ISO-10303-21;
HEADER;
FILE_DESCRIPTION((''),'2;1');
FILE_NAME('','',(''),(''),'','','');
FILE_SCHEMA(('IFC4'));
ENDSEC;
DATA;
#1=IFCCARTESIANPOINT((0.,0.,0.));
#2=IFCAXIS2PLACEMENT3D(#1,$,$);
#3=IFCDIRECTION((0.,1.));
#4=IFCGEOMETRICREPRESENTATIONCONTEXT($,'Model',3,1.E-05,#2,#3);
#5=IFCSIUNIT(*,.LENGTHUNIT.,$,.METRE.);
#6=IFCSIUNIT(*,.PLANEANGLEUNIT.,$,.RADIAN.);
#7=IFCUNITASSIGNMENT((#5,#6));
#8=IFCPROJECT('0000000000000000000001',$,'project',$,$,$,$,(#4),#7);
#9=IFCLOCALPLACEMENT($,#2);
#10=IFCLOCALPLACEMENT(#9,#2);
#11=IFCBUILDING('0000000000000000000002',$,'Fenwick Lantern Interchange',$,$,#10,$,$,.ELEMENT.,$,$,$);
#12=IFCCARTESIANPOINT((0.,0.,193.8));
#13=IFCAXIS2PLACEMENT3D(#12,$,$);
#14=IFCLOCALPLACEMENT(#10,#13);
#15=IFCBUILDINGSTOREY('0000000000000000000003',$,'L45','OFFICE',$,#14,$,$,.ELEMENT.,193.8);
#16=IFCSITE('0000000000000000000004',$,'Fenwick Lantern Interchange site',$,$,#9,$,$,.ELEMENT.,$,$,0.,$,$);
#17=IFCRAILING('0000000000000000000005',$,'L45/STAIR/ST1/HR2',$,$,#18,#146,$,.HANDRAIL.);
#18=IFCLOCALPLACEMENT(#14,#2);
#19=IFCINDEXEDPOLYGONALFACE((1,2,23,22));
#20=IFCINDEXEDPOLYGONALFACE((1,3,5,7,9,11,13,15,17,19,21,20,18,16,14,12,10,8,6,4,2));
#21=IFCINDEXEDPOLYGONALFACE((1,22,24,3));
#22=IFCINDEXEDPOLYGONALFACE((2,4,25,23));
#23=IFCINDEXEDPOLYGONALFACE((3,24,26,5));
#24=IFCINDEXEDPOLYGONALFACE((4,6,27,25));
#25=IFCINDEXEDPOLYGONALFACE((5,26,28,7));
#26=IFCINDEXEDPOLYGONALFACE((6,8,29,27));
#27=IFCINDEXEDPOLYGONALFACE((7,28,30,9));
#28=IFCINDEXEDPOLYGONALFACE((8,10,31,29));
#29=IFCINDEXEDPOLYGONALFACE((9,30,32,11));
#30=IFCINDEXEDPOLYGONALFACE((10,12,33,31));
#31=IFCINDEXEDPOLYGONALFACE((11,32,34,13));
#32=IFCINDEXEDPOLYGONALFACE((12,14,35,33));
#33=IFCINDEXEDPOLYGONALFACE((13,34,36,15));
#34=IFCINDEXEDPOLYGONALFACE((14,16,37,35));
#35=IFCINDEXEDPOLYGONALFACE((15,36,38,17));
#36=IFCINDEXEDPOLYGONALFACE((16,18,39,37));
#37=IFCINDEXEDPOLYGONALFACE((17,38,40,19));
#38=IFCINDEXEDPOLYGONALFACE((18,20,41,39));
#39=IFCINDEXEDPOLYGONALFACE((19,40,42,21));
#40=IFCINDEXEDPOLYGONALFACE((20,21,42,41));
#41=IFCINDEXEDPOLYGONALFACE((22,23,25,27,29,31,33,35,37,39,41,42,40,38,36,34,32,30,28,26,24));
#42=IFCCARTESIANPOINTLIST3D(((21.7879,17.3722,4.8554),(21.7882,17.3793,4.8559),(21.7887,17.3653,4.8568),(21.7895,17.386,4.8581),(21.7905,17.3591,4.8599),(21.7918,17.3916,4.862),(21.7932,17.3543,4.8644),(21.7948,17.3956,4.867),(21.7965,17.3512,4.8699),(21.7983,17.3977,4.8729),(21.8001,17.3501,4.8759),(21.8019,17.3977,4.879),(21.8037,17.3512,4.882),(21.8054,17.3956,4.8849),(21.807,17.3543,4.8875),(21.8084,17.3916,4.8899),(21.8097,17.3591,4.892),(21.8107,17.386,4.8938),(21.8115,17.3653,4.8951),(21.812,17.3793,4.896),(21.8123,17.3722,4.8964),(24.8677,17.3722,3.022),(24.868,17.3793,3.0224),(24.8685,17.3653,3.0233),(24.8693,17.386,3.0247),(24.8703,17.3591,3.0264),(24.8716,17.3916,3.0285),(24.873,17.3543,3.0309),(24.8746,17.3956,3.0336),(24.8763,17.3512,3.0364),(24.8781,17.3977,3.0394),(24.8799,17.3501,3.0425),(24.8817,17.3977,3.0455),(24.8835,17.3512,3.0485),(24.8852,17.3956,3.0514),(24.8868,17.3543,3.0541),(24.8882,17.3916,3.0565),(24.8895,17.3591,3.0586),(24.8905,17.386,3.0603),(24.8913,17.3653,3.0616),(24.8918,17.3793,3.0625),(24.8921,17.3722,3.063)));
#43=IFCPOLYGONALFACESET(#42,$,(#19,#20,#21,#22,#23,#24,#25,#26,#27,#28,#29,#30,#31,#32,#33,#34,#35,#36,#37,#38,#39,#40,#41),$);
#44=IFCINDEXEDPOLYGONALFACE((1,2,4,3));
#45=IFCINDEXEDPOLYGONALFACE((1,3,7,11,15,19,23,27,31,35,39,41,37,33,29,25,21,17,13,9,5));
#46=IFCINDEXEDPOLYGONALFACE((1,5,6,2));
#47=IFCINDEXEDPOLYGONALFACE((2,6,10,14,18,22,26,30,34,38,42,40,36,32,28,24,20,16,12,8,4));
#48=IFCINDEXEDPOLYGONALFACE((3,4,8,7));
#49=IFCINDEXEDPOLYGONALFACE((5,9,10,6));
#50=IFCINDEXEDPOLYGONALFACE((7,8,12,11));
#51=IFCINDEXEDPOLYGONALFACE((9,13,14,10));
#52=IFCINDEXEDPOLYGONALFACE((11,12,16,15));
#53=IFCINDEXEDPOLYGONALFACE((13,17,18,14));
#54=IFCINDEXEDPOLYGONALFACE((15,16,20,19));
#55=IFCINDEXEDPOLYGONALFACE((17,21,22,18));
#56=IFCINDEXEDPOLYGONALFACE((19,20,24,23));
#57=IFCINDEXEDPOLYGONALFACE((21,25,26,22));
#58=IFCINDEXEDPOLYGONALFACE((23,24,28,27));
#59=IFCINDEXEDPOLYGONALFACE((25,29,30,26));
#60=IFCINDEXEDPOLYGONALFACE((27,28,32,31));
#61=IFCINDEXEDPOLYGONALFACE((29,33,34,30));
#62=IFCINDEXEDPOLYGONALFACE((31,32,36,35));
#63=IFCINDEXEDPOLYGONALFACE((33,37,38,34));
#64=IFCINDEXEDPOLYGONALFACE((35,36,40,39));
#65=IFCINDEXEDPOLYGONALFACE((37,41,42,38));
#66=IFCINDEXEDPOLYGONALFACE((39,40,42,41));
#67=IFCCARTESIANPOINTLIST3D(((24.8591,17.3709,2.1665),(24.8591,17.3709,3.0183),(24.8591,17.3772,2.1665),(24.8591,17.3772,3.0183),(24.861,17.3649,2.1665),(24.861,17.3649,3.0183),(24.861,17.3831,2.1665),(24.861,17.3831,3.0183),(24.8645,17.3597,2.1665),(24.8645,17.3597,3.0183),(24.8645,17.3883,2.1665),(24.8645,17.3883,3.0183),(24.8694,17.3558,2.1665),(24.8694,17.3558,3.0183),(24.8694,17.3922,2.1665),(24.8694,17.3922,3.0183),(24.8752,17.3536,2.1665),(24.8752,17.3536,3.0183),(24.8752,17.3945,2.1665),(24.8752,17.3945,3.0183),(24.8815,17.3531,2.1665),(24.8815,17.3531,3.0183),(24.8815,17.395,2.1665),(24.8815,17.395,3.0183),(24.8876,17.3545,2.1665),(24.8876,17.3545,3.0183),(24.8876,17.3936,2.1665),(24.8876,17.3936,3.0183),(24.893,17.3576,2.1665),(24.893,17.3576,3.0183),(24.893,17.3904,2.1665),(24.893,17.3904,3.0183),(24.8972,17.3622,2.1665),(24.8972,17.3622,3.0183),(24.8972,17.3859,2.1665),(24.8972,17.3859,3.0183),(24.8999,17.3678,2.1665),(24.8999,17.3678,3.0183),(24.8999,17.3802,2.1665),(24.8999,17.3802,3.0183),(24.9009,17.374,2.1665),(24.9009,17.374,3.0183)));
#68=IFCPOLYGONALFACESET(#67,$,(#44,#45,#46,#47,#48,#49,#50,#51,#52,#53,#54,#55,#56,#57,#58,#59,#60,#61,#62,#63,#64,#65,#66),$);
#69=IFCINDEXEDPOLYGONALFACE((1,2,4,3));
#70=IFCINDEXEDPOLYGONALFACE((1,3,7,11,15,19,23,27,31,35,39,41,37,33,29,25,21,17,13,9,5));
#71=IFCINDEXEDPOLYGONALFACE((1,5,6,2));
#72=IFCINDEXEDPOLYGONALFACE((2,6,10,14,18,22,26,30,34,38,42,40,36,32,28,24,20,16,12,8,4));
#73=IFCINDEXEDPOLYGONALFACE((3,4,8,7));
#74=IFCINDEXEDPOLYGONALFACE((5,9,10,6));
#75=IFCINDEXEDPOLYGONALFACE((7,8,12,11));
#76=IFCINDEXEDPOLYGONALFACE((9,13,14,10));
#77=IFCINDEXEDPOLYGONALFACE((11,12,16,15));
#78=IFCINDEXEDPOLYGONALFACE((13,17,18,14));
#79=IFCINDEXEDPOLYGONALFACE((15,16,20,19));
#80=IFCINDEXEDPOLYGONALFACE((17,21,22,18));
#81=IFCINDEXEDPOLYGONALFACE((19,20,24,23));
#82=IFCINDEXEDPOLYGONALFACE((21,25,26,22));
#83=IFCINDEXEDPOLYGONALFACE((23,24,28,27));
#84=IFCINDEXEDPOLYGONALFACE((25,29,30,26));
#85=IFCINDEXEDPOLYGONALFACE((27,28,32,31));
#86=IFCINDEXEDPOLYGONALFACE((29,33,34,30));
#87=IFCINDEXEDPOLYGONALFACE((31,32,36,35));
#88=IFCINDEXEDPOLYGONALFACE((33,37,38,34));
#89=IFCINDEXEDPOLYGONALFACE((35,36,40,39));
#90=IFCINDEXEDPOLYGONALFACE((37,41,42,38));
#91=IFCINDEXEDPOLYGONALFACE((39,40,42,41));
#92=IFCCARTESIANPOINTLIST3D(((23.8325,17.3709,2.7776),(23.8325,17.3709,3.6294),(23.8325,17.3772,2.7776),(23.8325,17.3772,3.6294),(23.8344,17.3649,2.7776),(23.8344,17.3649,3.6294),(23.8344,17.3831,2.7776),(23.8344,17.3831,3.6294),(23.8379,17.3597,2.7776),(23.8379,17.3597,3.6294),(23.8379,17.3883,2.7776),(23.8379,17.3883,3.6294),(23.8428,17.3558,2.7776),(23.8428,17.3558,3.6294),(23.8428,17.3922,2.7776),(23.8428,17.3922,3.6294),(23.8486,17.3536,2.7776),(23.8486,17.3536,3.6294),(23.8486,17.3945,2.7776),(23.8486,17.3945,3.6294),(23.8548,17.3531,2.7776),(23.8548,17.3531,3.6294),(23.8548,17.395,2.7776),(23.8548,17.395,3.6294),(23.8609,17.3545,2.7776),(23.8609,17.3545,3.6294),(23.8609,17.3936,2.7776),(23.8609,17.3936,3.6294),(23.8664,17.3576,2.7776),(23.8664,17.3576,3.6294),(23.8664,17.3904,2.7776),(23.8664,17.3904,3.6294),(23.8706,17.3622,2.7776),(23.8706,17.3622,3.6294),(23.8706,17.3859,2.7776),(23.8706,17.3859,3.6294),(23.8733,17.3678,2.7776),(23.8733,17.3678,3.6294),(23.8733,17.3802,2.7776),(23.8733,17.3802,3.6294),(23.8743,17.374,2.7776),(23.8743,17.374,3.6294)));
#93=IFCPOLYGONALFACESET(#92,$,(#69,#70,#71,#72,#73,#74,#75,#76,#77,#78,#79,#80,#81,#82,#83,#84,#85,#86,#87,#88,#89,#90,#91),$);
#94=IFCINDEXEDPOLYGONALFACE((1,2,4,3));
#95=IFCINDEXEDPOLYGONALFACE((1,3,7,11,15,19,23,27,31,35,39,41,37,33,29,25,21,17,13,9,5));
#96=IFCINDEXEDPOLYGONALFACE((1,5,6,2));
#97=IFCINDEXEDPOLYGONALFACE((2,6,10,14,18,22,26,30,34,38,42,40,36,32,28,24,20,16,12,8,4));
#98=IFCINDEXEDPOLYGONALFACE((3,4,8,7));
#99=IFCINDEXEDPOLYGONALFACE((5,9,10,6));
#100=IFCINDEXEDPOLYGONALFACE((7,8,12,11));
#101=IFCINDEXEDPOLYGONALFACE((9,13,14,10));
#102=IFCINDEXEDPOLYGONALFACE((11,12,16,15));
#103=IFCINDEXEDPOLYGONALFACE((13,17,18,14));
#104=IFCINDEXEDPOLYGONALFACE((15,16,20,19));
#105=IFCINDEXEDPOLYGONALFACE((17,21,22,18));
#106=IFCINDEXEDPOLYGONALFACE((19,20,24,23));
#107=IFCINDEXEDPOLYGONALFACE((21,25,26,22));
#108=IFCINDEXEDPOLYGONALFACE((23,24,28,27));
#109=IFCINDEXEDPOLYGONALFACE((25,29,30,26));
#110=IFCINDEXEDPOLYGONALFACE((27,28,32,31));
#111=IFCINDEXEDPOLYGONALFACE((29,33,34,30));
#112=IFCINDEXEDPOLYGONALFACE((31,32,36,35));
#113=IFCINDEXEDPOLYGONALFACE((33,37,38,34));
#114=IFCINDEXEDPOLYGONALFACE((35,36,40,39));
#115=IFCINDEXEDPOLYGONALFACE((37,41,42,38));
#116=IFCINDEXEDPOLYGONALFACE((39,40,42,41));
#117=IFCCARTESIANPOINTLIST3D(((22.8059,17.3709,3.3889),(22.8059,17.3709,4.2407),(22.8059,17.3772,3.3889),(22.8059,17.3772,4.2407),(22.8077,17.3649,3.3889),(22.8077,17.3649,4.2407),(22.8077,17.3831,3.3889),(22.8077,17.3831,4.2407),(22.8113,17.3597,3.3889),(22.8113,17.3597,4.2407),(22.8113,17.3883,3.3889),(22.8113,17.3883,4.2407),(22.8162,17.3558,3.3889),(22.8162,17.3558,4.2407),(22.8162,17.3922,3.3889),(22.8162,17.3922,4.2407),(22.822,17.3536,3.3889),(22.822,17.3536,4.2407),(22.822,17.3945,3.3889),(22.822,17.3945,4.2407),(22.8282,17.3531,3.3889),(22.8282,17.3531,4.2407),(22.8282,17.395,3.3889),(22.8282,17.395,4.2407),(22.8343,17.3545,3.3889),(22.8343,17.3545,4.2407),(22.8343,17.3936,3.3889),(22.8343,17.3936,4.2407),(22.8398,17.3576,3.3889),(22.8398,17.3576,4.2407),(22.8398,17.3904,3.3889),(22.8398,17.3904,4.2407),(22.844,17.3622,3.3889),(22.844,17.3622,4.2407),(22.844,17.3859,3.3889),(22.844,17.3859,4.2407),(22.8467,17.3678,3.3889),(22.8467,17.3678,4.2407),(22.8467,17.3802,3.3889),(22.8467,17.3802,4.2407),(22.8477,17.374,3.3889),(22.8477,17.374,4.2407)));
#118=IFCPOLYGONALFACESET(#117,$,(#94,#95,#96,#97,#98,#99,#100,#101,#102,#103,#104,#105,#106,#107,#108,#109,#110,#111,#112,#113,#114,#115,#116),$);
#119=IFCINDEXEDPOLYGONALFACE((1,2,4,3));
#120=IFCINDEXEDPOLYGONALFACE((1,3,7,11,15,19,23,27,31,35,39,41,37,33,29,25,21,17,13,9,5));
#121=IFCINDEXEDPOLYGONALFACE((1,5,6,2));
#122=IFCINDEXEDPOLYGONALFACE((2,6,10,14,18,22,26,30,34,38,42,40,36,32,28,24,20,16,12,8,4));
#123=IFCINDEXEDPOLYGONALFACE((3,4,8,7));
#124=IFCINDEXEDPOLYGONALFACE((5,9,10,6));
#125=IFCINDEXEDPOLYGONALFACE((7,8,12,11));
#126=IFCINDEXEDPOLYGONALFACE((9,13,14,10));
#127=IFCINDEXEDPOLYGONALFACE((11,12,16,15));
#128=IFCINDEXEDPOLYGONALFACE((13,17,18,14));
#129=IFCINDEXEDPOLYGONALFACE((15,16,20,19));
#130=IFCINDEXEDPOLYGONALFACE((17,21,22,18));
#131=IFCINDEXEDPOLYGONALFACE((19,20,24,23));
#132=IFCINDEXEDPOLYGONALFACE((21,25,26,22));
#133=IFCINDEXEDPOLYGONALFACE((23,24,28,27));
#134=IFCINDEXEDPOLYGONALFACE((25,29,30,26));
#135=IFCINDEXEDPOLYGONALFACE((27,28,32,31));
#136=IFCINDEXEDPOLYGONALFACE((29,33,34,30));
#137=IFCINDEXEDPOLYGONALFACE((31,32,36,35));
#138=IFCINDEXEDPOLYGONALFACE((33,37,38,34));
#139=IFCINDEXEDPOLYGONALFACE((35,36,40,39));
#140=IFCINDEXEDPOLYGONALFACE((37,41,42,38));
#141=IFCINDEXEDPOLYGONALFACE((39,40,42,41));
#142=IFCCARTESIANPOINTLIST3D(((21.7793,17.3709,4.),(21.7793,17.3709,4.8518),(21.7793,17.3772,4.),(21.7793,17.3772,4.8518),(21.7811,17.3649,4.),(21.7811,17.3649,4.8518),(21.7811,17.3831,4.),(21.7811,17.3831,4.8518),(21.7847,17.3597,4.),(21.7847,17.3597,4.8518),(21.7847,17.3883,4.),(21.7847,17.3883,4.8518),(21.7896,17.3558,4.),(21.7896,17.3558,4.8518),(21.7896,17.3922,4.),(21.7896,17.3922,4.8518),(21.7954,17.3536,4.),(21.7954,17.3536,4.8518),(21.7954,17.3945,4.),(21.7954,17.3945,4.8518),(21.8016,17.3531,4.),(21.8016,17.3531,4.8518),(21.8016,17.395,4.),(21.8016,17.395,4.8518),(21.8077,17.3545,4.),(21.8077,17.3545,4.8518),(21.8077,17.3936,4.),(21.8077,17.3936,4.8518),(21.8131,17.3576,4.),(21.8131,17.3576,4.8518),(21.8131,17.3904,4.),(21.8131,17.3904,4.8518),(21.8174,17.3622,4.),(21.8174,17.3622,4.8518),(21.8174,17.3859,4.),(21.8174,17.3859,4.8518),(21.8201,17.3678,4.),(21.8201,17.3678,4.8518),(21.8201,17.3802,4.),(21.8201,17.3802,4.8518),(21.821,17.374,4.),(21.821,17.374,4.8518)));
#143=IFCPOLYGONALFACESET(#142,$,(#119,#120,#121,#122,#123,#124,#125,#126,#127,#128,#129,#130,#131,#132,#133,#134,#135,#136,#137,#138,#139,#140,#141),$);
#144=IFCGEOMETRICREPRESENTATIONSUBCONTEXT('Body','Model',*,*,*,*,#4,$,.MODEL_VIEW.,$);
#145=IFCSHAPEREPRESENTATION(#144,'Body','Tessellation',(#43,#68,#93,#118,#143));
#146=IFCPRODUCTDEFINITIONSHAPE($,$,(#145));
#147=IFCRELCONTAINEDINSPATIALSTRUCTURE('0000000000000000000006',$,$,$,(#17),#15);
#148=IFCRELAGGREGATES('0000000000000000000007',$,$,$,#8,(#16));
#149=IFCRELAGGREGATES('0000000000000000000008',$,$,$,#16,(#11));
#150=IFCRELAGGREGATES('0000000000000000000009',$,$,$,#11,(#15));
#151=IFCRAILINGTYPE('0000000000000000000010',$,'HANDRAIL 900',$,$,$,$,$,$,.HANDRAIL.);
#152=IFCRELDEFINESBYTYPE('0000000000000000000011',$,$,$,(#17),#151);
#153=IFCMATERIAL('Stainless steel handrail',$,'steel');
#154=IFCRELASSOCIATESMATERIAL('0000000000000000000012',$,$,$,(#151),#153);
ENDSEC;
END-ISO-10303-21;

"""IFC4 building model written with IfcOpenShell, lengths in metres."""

from ifc_helpers import new_model, si_unit, direction, frame, origin, origin_2d, place, context, subcontext, project, spatial, circle, extrude, material, type_object, element, save


model = new_model("IFC4")

# Units and contexts
model_context = context("Model", 3, precision=1e-05, world=origin(), true_north=direction((0.0, 1.0)))
body_context = subcontext(model_context, "Body", "Model", "MODEL_VIEW")
ifc_project = project(units=[si_unit("LENGTHUNIT", "METRE"), si_unit("PLANEANGLEUNIT", "RADIAN")], contexts=[model_context])

# Site, building, storey
site_placement = place(None, origin())
site = spatial("IfcSite", under=ifc_project, at=site_placement, Name="Fenwick Lantern Interchange site", CompositionType="ELEMENT", RefElevation=0.0)
building_placement = place(site_placement, origin())
building = spatial("IfcBuilding", under=site, at=building_placement, Name="Fenwick Lantern Interchange", CompositionType="ELEMENT")
storey_placement = place(building_placement, frame((0.0, 0.0, 193.8)))
storey = spatial("IfcBuildingStorey", under=building, at=storey_placement, Name="L45", Description="OFFICE", CompositionType="ELEMENT", Elevation=193.8)

# Railing
ifc_material_1 = material(Name="Stainless steel handrail", Category="steel")
railing_type = type_object("IfcRailingType", Name="HANDRAIL 900", PredefinedType="HANDRAIL", material=ifc_material_1)
railing_1_placement = place(storey_placement, frame((24.8799, 17.374, 2.1665)))
element("IfcRailing", 1, at=railing_1_placement, inside=storey, type_object=railing_type, Name="L45/STAIR/ST1/HR2", PredefinedType="HANDRAIL", context=body_context, shape_type="SweptSolid", body=[
    extrude(circle(Radius=0.0239, at=origin_2d()), frame((0.0, 0.0, 0.876), z_axis=(-0.859261, 0.0, 0.511538), x_axis=(0.0, -1.0, 0.0)), (0.0, 0.0, 1.0), 3.5842),
    extrude(circle(Radius=0.021, at=origin_2d()), origin(), (0.0, 0.0, 1.0), 0.8518),
    extrude(circle(Radius=0.021, at=origin_2d()), frame((-1.0266, 0.0, 0.6111)), (0.0, 0.0, 1.0), 0.8518),
    extrude(circle(Radius=0.021, at=origin_2d()), frame((-2.0532, 0.0, 1.2224)), (0.0, 0.0, 1.0), 0.8518),
    extrude(circle(Radius=0.021, at=origin_2d()), frame((-3.0798, 0.0, 1.8335)), (0.0, 0.0, 1.0), 0.8518),
])

save(model, "model.ifc")
